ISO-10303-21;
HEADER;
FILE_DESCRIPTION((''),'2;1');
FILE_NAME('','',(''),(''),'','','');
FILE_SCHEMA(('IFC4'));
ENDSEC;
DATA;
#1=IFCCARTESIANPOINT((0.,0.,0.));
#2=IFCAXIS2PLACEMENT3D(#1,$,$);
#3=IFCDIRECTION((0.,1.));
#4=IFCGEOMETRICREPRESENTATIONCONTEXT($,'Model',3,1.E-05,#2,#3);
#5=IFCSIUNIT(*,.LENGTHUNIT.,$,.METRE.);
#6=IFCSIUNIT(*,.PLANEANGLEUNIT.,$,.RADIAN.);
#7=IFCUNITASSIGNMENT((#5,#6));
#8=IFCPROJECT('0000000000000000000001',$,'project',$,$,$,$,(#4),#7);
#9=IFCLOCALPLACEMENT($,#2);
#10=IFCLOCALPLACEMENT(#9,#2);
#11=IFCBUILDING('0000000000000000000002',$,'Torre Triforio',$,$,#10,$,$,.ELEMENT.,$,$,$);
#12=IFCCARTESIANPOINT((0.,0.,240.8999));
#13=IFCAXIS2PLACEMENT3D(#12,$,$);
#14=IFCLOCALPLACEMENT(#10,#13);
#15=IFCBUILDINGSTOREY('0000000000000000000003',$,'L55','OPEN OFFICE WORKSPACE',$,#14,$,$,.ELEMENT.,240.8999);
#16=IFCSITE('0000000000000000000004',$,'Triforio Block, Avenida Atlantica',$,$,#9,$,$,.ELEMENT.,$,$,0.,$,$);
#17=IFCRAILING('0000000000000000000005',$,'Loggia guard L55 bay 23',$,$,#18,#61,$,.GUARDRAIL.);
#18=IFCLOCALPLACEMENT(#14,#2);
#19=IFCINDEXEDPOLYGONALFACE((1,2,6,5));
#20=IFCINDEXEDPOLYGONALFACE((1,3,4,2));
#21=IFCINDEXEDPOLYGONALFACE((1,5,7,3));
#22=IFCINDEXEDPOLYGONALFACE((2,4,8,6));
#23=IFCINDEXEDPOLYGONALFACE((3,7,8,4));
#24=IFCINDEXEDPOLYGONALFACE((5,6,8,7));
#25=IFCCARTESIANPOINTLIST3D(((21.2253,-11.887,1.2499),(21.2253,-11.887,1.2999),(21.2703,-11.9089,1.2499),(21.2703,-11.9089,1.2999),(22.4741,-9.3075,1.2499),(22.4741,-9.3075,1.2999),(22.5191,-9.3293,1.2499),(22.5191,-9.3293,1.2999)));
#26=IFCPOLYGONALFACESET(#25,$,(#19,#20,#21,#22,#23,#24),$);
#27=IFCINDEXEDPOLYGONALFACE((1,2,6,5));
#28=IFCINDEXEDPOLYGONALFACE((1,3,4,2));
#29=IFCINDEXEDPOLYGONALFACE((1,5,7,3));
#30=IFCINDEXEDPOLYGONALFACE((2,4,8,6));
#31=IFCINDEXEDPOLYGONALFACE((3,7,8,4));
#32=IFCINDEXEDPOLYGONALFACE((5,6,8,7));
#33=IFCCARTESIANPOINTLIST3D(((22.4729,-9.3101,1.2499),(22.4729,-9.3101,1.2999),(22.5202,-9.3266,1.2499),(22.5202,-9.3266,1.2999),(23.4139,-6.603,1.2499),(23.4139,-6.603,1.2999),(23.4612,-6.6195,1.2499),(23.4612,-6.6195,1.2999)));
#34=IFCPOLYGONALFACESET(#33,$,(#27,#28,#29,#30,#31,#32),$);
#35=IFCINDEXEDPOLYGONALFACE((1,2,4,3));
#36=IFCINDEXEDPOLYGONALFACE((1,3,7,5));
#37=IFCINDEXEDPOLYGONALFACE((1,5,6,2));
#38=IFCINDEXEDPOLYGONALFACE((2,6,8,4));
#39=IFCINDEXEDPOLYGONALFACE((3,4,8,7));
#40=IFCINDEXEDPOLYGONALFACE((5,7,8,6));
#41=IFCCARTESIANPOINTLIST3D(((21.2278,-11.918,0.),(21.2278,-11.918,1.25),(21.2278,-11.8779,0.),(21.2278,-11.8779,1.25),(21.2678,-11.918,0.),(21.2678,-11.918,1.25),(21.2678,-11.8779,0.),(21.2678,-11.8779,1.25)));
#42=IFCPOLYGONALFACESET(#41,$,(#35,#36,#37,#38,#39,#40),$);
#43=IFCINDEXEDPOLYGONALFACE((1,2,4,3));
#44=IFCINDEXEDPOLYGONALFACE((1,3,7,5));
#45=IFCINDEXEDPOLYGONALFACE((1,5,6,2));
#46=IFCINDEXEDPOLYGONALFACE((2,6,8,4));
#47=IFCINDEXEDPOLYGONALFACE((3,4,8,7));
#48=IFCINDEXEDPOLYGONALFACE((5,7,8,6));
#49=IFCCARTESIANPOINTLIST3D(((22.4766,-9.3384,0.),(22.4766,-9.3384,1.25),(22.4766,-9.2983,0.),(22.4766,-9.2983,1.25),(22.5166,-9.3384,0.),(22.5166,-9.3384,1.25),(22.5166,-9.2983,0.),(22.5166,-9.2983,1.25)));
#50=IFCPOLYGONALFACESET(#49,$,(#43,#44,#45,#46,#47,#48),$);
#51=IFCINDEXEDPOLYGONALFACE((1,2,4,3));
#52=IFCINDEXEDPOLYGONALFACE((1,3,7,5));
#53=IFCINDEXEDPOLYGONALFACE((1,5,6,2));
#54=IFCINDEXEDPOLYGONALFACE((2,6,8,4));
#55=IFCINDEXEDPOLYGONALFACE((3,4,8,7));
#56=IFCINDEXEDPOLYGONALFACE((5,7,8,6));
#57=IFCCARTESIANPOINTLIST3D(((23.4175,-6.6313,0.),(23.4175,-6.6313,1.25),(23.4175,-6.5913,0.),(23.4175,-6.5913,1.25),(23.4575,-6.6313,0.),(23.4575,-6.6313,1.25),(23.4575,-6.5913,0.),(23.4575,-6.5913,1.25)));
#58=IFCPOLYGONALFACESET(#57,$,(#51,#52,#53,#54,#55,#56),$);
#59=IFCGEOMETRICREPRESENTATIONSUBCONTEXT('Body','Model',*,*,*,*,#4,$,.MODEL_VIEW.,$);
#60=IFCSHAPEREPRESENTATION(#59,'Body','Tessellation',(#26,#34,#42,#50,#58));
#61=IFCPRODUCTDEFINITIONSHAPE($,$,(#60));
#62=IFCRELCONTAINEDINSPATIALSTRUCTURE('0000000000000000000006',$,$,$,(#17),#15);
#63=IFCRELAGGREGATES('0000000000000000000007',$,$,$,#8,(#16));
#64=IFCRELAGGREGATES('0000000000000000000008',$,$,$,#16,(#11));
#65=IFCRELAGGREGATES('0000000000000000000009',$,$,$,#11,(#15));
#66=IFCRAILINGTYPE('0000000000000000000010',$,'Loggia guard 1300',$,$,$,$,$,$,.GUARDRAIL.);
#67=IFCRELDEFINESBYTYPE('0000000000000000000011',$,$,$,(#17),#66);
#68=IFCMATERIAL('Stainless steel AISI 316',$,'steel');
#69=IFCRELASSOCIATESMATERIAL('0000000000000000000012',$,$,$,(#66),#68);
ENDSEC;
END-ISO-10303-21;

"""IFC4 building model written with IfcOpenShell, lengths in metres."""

from ifc_helpers import new_model, si_unit, direction, frame, origin, origin_2d, place, context, subcontext, project, spatial, rectangle, extrude, material, type_object, element, save


model = new_model("IFC4")

# Units and contexts
model_context = context("Model", 3, precision=1e-05, world=origin(), true_north=direction((0.0, 1.0)))
body_context = subcontext(model_context, "Body", "Model", "MODEL_VIEW")
ifc_project = project(units=[si_unit("LENGTHUNIT", "METRE"), si_unit("PLANEANGLEUNIT", "RADIAN")], contexts=[model_context])

# Site, building, storey
site_placement = place(None, origin())
site = spatial("IfcSite", under=ifc_project, at=site_placement, Name="Triforio Block, Avenida Atlantica", CompositionType="ELEMENT", RefElevation=0.0)
building_placement = place(site_placement, origin())
building = spatial("IfcBuilding", under=site, at=building_placement, Name="Torre Triforio", CompositionType="ELEMENT")
storey_placement = place(building_placement, frame((0.0, 0.0, 240.8999)))
storey = spatial("IfcBuildingStorey", under=building, at=storey_placement, Name="L55", Description="OPEN OFFICE WORKSPACE", CompositionType="ELEMENT", Elevation=240.8999)

# Railing
ifc_material_1 = material(Name="Stainless steel AISI 316", Category="steel")
railing_type = type_object("IfcRailingType", Name="Loggia guard 1300", PredefinedType="GUARDRAIL", material=ifc_material_1)
railing_1_placement = place(storey_placement, frame((21.2478, -11.8979, 0.0)))
element("IfcRailing", 1, at=railing_1_placement, inside=storey, type_object=railing_type, Name="Loggia guard L55 bay 23", PredefinedType="GUARDRAIL", context=body_context, shape_type="SweptSolid", body=[
    extrude(rectangle(XDim=0.05, YDim=0.05, at=origin_2d()), frame((0.0, 0.0, 1.2749), z_axis=(0.435728, 0.900078, 0.0), x_axis=(-0.900078, 0.435728, 0.0)), (0.0, 0.0, 1.0), 2.866),
    extrude(rectangle(XDim=0.05, YDim=0.05, at=origin_2d()), frame((1.2488, 2.5796, 1.2749), z_axis=(0.328316, 0.944568, 0.0), x_axis=(-0.944568, 0.328316, 0.0)), (0.0, 0.0, 1.0), 2.866),
    extrude(rectangle(XDim=0.04, YDim=0.04, at=origin_2d()), origin(), (0.0, 0.0, 1.0), 1.25),
    extrude(rectangle(XDim=0.04, YDim=0.04, at=origin_2d()), frame((1.2488, 2.5796, 0.0)), (0.0, 0.0, 1.0), 1.25),
    extrude(rectangle(XDim=0.04, YDim=0.04, at=origin_2d()), frame((2.1897, 5.2866, 0.0)), (0.0, 0.0, 1.0), 1.25),
])

save(model, "model.ifc")
